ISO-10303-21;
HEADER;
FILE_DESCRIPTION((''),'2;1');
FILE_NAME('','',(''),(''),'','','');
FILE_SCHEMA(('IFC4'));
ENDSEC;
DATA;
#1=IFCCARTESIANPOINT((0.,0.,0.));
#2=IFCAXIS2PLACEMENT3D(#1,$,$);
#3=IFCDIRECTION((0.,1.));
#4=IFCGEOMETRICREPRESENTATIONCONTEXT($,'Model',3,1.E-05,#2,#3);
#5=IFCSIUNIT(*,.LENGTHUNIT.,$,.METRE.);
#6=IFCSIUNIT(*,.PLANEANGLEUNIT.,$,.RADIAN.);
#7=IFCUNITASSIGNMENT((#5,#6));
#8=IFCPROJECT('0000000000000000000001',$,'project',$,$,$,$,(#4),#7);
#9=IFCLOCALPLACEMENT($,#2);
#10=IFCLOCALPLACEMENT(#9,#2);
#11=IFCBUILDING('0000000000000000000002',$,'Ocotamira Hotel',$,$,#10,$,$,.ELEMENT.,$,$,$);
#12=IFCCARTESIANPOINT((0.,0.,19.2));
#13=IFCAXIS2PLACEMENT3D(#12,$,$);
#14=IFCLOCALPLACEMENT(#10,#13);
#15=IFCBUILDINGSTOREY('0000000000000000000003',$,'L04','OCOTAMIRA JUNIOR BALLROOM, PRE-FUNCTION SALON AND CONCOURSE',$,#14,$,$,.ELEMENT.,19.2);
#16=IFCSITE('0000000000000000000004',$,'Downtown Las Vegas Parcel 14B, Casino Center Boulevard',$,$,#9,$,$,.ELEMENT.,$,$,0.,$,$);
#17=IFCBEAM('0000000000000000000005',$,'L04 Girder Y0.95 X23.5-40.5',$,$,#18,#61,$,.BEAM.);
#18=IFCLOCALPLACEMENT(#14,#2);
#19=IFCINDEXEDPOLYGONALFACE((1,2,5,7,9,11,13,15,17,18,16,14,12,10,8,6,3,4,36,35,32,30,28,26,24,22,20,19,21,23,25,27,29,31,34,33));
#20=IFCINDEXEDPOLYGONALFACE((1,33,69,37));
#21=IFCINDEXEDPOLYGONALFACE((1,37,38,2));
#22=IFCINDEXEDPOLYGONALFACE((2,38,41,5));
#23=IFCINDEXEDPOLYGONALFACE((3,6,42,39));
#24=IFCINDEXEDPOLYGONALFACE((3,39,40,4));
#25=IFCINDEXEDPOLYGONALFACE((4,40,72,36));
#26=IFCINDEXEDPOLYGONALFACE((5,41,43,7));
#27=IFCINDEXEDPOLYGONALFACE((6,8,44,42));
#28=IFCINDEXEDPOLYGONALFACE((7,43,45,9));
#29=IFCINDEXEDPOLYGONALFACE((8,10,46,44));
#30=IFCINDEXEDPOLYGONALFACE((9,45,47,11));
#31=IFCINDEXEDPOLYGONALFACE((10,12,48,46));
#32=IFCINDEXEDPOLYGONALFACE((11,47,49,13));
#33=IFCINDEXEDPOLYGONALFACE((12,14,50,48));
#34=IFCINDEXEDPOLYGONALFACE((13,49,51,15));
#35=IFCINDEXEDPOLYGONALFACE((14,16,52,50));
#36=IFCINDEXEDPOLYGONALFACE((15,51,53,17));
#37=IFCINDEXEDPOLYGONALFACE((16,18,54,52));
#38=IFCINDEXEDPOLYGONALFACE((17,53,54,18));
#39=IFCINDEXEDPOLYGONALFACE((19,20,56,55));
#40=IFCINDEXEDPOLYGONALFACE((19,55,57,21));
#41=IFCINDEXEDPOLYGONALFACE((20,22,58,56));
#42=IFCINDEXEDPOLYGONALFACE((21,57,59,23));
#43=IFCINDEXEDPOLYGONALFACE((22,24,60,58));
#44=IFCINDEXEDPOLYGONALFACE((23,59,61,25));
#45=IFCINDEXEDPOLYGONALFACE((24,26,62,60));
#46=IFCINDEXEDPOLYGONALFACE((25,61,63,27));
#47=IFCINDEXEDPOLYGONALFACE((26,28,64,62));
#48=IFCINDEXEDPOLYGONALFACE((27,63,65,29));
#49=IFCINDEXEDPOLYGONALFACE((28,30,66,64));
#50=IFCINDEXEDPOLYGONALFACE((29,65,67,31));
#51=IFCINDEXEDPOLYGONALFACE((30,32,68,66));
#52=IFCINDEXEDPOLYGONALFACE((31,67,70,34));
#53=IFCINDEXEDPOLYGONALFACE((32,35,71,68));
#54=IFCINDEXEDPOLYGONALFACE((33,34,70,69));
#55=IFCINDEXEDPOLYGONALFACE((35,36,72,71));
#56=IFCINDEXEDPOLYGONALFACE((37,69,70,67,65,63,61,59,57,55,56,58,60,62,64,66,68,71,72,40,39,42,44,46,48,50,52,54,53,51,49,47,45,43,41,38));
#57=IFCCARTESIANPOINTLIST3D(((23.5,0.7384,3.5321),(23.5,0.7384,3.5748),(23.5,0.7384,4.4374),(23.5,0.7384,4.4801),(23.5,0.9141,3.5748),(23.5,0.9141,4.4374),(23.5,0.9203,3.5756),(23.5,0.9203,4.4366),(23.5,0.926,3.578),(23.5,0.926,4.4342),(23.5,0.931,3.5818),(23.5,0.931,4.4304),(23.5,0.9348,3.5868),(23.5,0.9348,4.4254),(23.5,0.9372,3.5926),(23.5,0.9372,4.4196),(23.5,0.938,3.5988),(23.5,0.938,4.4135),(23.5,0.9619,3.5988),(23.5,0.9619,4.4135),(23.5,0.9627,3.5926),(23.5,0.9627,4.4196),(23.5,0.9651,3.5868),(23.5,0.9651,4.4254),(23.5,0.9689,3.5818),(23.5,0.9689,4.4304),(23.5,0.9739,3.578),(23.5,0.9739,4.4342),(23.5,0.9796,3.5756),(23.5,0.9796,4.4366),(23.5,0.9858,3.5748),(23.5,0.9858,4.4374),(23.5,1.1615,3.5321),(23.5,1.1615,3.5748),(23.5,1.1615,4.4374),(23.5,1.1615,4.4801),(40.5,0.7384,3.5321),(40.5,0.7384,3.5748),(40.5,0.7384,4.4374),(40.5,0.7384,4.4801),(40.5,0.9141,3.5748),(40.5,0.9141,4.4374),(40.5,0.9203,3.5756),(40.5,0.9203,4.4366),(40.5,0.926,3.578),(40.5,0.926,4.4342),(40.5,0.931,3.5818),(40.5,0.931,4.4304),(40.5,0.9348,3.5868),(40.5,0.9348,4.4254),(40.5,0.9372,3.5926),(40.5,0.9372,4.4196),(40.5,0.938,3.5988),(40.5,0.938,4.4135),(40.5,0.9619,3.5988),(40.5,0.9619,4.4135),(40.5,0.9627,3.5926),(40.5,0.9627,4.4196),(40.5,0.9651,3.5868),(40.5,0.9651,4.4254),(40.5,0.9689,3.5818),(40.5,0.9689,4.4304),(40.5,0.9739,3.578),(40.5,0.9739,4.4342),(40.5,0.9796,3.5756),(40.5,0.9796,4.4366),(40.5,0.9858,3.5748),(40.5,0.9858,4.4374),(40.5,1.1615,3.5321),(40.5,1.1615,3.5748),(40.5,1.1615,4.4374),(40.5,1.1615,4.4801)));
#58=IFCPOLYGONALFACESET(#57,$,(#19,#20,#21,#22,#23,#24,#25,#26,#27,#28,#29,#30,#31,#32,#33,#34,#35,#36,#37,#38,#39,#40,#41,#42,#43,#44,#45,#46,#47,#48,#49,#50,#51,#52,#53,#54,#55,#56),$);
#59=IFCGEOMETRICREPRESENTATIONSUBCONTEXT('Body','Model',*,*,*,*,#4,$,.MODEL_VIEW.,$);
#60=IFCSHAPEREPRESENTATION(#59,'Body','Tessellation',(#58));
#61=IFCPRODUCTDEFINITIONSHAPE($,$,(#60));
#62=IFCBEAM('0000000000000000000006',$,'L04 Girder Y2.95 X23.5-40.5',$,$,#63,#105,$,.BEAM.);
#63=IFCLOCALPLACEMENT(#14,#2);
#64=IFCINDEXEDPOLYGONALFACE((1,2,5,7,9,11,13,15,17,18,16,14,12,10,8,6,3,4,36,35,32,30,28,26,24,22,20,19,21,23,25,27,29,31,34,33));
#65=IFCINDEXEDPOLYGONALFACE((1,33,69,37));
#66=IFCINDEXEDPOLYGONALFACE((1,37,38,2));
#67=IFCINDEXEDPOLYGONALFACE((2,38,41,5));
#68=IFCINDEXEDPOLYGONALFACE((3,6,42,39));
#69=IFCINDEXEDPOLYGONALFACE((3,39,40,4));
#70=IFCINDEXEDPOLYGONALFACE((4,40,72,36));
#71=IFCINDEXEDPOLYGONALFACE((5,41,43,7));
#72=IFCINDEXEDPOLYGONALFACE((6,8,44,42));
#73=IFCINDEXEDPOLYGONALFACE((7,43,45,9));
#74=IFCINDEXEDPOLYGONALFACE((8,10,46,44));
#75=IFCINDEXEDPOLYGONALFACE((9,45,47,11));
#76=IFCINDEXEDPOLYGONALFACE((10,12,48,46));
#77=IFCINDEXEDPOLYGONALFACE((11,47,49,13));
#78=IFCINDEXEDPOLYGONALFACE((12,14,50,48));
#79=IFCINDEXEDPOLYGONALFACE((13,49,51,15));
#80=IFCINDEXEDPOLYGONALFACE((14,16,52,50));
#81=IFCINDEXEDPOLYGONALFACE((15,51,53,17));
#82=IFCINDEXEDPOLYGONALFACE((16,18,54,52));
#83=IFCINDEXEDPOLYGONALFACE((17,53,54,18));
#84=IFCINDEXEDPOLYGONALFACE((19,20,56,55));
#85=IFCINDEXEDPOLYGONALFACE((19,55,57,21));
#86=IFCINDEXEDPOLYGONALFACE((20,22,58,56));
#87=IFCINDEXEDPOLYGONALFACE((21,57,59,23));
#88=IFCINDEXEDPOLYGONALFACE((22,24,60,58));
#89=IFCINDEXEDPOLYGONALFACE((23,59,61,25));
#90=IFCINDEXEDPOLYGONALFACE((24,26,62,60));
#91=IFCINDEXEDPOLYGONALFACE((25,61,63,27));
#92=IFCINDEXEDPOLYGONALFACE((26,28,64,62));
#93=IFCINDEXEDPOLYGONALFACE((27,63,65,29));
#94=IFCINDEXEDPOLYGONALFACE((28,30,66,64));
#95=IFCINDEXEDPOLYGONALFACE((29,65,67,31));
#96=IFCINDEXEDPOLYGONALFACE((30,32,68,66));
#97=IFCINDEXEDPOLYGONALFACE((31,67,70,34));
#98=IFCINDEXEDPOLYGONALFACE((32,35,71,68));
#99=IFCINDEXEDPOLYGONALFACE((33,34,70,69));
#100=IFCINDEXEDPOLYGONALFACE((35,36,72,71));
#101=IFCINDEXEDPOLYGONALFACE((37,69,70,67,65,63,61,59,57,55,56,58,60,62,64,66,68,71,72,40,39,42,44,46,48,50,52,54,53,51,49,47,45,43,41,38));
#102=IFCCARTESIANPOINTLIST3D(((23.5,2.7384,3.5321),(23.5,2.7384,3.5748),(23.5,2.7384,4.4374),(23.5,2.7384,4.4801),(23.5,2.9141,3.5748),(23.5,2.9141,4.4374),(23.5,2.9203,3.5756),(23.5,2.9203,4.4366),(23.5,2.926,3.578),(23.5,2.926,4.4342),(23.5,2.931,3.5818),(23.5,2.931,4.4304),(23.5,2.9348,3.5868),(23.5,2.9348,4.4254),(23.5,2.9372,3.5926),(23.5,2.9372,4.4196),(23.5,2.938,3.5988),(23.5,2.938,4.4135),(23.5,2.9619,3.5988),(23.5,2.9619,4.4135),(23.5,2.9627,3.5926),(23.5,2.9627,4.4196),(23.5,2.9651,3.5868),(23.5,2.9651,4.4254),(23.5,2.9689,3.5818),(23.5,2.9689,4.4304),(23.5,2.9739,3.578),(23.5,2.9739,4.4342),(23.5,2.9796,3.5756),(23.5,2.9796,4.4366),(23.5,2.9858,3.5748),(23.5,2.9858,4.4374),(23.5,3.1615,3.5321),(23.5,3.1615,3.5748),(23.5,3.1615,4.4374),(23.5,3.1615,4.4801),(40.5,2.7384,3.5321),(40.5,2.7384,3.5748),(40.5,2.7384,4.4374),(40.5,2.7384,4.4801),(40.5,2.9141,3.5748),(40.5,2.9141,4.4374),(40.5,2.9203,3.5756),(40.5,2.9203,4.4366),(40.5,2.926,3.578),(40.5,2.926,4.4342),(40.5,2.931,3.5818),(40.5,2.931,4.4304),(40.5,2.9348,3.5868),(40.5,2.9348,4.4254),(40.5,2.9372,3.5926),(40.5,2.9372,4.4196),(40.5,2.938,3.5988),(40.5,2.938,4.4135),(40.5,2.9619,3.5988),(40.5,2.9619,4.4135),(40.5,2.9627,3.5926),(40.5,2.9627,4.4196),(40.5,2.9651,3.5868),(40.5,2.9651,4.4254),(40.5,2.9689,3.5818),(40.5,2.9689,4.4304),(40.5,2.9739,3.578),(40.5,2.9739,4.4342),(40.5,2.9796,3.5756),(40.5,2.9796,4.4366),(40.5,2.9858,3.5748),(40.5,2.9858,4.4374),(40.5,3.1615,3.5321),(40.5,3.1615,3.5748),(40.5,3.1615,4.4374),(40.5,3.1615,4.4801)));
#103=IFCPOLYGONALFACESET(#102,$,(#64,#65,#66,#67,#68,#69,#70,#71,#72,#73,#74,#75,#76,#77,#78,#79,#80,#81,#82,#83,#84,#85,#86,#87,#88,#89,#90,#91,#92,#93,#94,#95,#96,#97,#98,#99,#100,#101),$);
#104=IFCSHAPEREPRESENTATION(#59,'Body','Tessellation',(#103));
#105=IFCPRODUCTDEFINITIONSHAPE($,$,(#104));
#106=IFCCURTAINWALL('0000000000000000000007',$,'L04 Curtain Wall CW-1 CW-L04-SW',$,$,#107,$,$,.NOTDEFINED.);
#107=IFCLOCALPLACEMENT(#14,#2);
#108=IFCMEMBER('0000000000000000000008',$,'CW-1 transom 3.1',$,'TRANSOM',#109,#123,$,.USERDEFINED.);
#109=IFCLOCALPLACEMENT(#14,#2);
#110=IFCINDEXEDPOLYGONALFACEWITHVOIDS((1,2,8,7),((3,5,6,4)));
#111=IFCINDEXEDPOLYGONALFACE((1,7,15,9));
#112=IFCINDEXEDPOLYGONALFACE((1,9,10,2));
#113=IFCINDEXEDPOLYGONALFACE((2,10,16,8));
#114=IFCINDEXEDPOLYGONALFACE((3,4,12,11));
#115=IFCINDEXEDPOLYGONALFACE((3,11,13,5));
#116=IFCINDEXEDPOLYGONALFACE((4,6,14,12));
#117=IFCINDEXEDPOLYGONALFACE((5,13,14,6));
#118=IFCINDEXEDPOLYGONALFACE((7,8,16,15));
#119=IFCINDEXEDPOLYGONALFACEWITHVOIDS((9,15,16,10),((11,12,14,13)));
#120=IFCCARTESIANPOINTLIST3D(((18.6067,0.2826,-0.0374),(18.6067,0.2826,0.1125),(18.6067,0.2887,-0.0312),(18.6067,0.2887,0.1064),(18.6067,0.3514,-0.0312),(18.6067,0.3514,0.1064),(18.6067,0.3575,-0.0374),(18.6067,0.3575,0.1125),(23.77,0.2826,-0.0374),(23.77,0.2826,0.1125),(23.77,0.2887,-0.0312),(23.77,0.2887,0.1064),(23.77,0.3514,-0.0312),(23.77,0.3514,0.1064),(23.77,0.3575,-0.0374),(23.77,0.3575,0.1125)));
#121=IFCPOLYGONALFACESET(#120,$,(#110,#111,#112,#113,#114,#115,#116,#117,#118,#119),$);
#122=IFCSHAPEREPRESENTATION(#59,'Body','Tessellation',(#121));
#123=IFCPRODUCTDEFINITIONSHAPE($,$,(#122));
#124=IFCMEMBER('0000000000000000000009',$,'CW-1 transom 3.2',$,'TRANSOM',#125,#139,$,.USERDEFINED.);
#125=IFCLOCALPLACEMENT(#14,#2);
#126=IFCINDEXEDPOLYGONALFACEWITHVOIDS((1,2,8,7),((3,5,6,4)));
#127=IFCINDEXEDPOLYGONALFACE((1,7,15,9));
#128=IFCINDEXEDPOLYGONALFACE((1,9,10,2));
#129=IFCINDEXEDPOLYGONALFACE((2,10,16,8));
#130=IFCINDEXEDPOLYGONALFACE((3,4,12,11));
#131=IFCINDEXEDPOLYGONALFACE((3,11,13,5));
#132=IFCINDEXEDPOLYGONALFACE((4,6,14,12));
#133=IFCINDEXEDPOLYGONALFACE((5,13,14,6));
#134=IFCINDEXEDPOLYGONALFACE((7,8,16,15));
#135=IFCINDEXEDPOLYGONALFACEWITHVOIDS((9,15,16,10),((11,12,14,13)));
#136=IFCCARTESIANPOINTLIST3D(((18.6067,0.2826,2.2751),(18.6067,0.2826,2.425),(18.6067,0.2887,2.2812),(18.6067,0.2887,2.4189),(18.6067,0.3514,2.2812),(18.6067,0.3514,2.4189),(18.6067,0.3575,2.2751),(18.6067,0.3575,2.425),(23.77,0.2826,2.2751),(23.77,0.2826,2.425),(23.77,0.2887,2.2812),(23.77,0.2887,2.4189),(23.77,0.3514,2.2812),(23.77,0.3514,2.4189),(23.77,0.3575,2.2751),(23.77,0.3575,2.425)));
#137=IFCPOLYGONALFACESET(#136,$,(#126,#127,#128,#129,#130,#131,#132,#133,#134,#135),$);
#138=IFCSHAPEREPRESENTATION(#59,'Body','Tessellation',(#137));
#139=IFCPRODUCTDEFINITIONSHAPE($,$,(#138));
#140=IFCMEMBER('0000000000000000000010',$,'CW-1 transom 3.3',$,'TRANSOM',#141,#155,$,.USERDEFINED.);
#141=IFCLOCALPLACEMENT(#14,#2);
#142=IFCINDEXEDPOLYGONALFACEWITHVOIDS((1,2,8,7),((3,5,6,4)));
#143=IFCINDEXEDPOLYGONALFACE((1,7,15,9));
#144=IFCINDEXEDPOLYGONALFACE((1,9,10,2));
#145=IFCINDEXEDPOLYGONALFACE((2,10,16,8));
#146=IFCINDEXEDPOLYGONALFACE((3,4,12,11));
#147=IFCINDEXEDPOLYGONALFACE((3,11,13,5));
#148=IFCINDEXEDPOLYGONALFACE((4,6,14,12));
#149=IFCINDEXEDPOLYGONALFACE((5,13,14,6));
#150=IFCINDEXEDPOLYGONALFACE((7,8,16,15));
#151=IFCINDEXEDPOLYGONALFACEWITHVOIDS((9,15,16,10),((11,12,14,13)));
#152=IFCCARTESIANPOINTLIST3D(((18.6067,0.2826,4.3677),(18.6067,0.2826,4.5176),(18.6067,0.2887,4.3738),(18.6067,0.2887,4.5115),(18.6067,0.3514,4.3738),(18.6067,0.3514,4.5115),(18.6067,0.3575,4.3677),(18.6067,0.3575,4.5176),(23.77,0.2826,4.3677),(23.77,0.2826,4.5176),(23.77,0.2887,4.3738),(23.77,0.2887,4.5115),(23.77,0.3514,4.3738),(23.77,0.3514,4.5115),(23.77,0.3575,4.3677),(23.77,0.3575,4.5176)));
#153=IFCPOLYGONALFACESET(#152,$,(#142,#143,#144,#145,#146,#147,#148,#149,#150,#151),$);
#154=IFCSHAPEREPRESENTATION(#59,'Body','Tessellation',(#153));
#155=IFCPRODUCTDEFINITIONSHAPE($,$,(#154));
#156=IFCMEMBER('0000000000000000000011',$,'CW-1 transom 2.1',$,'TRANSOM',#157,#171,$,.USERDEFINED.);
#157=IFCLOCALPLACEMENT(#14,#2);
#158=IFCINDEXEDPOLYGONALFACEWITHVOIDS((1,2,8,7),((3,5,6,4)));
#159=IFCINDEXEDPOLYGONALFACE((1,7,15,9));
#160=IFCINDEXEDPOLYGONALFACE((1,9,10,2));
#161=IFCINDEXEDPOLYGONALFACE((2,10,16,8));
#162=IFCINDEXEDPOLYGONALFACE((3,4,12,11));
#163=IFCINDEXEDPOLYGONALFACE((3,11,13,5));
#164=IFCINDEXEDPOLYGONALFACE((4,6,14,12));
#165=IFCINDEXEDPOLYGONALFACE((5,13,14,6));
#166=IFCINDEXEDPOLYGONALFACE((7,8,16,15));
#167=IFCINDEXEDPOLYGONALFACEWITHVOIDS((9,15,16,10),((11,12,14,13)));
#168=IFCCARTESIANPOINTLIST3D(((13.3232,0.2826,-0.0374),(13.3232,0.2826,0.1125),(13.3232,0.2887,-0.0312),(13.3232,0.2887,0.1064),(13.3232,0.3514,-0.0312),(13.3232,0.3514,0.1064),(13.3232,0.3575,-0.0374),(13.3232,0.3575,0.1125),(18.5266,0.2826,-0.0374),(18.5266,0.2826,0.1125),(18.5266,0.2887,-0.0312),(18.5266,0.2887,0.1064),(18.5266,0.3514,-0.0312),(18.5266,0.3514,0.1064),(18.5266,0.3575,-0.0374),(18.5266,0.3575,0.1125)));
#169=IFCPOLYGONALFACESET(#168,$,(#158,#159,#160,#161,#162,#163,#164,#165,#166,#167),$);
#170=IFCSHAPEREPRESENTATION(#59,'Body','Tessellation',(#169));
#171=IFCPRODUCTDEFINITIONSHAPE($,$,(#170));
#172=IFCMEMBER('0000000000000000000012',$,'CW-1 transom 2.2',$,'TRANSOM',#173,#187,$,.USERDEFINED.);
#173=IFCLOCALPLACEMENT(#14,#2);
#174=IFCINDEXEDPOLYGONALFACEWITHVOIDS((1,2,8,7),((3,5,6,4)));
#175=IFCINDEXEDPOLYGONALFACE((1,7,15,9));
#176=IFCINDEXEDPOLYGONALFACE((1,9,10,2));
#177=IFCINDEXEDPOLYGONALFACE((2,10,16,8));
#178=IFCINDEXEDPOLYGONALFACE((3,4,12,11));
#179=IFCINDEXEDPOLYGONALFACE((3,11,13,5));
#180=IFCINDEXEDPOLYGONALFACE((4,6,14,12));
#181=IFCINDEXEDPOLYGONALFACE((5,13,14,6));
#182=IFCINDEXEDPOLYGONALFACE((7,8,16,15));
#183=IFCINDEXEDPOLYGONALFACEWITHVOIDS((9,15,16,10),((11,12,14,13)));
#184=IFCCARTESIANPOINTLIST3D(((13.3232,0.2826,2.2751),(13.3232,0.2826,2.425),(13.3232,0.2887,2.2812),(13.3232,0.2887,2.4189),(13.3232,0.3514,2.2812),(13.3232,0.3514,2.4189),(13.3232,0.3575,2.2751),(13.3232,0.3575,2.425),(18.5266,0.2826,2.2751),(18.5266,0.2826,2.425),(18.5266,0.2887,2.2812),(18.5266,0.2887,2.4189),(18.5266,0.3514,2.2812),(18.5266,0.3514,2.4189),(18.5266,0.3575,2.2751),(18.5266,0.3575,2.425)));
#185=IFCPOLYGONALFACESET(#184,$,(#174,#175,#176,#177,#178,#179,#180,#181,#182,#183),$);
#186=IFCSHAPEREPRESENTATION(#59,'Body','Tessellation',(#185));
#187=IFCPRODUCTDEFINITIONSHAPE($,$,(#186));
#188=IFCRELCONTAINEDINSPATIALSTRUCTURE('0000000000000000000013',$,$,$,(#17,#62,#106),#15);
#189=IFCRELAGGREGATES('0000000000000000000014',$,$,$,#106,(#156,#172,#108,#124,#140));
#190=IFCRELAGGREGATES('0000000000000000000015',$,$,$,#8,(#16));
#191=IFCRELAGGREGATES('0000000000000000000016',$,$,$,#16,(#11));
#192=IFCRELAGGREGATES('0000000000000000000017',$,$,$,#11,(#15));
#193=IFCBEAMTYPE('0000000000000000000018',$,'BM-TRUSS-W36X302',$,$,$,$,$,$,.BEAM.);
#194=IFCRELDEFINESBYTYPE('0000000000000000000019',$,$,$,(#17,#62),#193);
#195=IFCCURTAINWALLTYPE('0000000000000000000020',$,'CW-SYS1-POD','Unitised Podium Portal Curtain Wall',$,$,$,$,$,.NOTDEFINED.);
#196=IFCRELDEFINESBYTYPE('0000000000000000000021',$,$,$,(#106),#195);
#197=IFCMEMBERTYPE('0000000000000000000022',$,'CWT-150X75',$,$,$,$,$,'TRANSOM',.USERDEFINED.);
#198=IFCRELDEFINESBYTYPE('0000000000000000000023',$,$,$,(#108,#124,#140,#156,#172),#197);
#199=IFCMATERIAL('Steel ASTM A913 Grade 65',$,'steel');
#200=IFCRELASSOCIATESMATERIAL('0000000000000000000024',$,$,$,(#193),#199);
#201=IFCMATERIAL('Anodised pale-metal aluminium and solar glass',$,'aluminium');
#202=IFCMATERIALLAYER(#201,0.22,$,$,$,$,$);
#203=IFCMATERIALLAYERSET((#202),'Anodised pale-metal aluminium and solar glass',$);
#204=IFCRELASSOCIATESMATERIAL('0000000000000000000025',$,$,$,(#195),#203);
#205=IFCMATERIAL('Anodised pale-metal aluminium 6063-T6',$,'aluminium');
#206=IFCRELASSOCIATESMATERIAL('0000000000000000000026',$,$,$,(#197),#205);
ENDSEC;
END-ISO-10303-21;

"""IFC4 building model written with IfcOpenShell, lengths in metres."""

from ifc_helpers import new_model, si_unit, direction, frame, origin, origin_2d, place, context, subcontext, project, spatial, hollow_rectangle, i_section, extrude, source, transform, mapped, material, layer, layer_set, material_profile, profile_set, type_object, element, aggregate, save


model = new_model("IFC4")

# Units and contexts
model_context = context("Model", 3, precision=1e-05, world=origin(), true_north=direction((0.0, 1.0)))
body_context = subcontext(model_context, "Body", "Model", "MODEL_VIEW")
ifc_project = project(units=[si_unit("LENGTHUNIT", "METRE"), si_unit("PLANEANGLEUNIT", "RADIAN")], contexts=[model_context])

# Site, building, storey
site_placement = place(None, origin())
site = spatial("IfcSite", under=ifc_project, at=site_placement, Name="Downtown Las Vegas Parcel 14B, Casino Center Boulevard", CompositionType="ELEMENT", RefElevation=0.0)
building_placement = place(site_placement, origin())
building = spatial("IfcBuilding", under=site, at=building_placement, Name="Ocotamira Hotel", CompositionType="ELEMENT")
storey_placement = place(building_placement, frame((0.0, 0.0, 19.2)))
storey = spatial("IfcBuildingStorey", under=building, at=storey_placement, Name="L04", Description="OCOTAMIRA JUNIOR BALLROOM, PRE-FUNCTION SALON AND CONCOURSE", CompositionType="ELEMENT", Elevation=19.2)

# Beams
ifc_material_1 = material(Name="Steel ASTM A913 Grade 65", Category="steel")
ifc_material_profile_1 = material_profile(ifc_material_1, i_section(OverallWidth=0.4231, OverallDepth=0.948, WebThickness=0.0239, FlangeThickness=0.0427, FilletRadius=0.0239, at=origin_2d()), Name="W36X302")
ifc_profile_set_1 = profile_set([ifc_material_profile_1], Name="Steel ASTM A913 Grade 65")
beam_type_1 = type_object("IfcBeamType", Name="BM-TRUSS-W36X302", PredefinedType="BEAM", material=ifc_profile_set_1)
shared_shape_1 = source(origin(), body_context, "Body", "SweptSolid", [
    extrude(i_section(OverallWidth=0.4231, OverallDepth=0.948, WebThickness=0.0239, FlangeThickness=0.0427, FilletRadius=0.0239, at=origin_2d()), origin(), (0.0, 0.0, 1.0), 17.0),
])
for number, where, z_axis, x_axis, name in (
    (1, (23.5, 0.95, 4.0061), (1.0, 0.0, 0.0), (0.0, 1.0, 0.0), "L04 Girder Y0.95 X23.5-40.5"),
    (2, (23.5, 2.95, 4.0061), (1.0, 0.0, 0.0), (0.0, 1.0, 0.0), "L04 Girder Y2.95 X23.5-40.5"),
):
    element("IfcBeam", number, at=place(storey_placement, frame(where, z_axis=z_axis, x_axis=x_axis)), inside=storey, type_object=beam_type_1, Name=name, PredefinedType="BEAM", context=body_context, shape_type="MappedRepresentation", body=[
        mapped(shared_shape_1, transform((0.0, 0.0, 0.0), scale=1.0)),
    ])

# Curtain wall, members
ifc_material_2 = material(Name="Anodised pale-metal aluminium and solar glass", Category="aluminium")
ifc_layer_1 = layer(ifc_material_2, 0.22)
ifc_layer_set_1 = layer_set([ifc_layer_1], Name="Anodised pale-metal aluminium and solar glass")
curtain_wall_type = type_object("IfcCurtainWallType", Name="CW-SYS1-POD", Description="Unitised Podium Portal Curtain Wall", PredefinedType="NOTDEFINED", material=ifc_layer_set_1)
curtain_wall_1_placement = place(storey_placement, origin())
curtain_wall_1 = element("IfcCurtainWall", 3, at=curtain_wall_1_placement, inside=storey, type_object=curtain_wall_type, Name="L04 Curtain Wall CW-1 CW-L04-SW", PredefinedType="NOTDEFINED")
ifc_material_3 = material(Name="Anodised pale-metal aluminium 6063-T6", Category="aluminium")
ifc_material_profile_2 = material_profile(ifc_material_3, hollow_rectangle(XDim=0.075, YDim=0.1499, WallThickness=0.0061, at=origin_2d()), Name="HSS150X75X6")
ifc_profile_set_2 = profile_set([ifc_material_profile_2], Name="Anodised pale-metal aluminium 6063-T6")
member_type_1 = type_object("IfcMemberType", Name="CWT-150X75", ElementType="TRANSOM", PredefinedType="USERDEFINED", material=ifc_profile_set_2)
shared_shape_2 = source(origin(), body_context, "Body", "SweptSolid", [
    extrude(hollow_rectangle(XDim=0.075, YDim=0.1499, WallThickness=0.0061, at=origin_2d()), origin(), (0.0, 0.0, 1.0), 5.1633),
])
member_1_placement = place(storey_placement, frame((18.6067, 0.3201, 0.0376), z_axis=(1.0, 0.0, 0.0), x_axis=(0.0, 1.0, 0.0)))
member_1 = element("IfcMember", 4, at=member_1_placement, type_object=member_type_1, Name="CW-1 transom 3.1", ObjectType="TRANSOM", PredefinedType="USERDEFINED", context=body_context, shape_type="MappedRepresentation", body=[
    mapped(shared_shape_2, transform((0.0, 0.0, 0.0), scale=1.0)),
])
member_2_placement = place(storey_placement, frame((18.6067, 0.3201, 2.3501), z_axis=(1.0, 0.0, 0.0), x_axis=(0.0, 1.0, 0.0)))
member_2 = element("IfcMember", 5, at=member_2_placement, type_object=member_type_1, Name="CW-1 transom 3.2", ObjectType="TRANSOM", PredefinedType="USERDEFINED", context=body_context, shape_type="MappedRepresentation", body=[
    mapped(shared_shape_2, transform((0.0, 0.0, 0.0), scale=1.0)),
])
member_3_placement = place(storey_placement, frame((18.6067, 0.3201, 4.4426), z_axis=(1.0, 0.0, 0.0), x_axis=(0.0, 1.0, 0.0)))
member_3 = element("IfcMember", 6, at=member_3_placement, type_object=member_type_1, Name="CW-1 transom 3.3", ObjectType="TRANSOM", PredefinedType="USERDEFINED", context=body_context, shape_type="MappedRepresentation", body=[
    mapped(shared_shape_2, transform((0.0, 0.0, 0.0), scale=1.0)),
])
shared_shape_3 = source(origin(), body_context, "Body", "SweptSolid", [
    extrude(hollow_rectangle(XDim=0.075, YDim=0.1499, WallThickness=0.0061, at=origin_2d()), origin(), (0.0, 0.0, 1.0), 5.2034),
])
member_4_placement = place(storey_placement, frame((13.3232, 0.3201, 0.0376), z_axis=(1.0, 0.0, 0.0), x_axis=(0.0, 1.0, 0.0)))
member_4 = element("IfcMember", 7, at=member_4_placement, type_object=member_type_1, Name="CW-1 transom 2.1", ObjectType="TRANSOM", PredefinedType="USERDEFINED", context=body_context, shape_type="MappedRepresentation", body=[
    mapped(shared_shape_3, transform((0.0, 0.0, 0.0), scale=1.0)),
])
member_5_placement = place(storey_placement, frame((13.3232, 0.3201, 2.3501), z_axis=(1.0, 0.0, 0.0), x_axis=(0.0, 1.0, 0.0)))
member_5 = element("IfcMember", 8, at=member_5_placement, type_object=member_type_1, Name="CW-1 transom 2.2", ObjectType="TRANSOM", PredefinedType="USERDEFINED", context=body_context, shape_type="MappedRepresentation", body=[
    mapped(shared_shape_3, transform((0.0, 0.0, 0.0), scale=1.0)),
])

aggregate(curtain_wall_1, [member_4, member_5, member_1, member_2, member_3])

save(model, "model.ifc")
